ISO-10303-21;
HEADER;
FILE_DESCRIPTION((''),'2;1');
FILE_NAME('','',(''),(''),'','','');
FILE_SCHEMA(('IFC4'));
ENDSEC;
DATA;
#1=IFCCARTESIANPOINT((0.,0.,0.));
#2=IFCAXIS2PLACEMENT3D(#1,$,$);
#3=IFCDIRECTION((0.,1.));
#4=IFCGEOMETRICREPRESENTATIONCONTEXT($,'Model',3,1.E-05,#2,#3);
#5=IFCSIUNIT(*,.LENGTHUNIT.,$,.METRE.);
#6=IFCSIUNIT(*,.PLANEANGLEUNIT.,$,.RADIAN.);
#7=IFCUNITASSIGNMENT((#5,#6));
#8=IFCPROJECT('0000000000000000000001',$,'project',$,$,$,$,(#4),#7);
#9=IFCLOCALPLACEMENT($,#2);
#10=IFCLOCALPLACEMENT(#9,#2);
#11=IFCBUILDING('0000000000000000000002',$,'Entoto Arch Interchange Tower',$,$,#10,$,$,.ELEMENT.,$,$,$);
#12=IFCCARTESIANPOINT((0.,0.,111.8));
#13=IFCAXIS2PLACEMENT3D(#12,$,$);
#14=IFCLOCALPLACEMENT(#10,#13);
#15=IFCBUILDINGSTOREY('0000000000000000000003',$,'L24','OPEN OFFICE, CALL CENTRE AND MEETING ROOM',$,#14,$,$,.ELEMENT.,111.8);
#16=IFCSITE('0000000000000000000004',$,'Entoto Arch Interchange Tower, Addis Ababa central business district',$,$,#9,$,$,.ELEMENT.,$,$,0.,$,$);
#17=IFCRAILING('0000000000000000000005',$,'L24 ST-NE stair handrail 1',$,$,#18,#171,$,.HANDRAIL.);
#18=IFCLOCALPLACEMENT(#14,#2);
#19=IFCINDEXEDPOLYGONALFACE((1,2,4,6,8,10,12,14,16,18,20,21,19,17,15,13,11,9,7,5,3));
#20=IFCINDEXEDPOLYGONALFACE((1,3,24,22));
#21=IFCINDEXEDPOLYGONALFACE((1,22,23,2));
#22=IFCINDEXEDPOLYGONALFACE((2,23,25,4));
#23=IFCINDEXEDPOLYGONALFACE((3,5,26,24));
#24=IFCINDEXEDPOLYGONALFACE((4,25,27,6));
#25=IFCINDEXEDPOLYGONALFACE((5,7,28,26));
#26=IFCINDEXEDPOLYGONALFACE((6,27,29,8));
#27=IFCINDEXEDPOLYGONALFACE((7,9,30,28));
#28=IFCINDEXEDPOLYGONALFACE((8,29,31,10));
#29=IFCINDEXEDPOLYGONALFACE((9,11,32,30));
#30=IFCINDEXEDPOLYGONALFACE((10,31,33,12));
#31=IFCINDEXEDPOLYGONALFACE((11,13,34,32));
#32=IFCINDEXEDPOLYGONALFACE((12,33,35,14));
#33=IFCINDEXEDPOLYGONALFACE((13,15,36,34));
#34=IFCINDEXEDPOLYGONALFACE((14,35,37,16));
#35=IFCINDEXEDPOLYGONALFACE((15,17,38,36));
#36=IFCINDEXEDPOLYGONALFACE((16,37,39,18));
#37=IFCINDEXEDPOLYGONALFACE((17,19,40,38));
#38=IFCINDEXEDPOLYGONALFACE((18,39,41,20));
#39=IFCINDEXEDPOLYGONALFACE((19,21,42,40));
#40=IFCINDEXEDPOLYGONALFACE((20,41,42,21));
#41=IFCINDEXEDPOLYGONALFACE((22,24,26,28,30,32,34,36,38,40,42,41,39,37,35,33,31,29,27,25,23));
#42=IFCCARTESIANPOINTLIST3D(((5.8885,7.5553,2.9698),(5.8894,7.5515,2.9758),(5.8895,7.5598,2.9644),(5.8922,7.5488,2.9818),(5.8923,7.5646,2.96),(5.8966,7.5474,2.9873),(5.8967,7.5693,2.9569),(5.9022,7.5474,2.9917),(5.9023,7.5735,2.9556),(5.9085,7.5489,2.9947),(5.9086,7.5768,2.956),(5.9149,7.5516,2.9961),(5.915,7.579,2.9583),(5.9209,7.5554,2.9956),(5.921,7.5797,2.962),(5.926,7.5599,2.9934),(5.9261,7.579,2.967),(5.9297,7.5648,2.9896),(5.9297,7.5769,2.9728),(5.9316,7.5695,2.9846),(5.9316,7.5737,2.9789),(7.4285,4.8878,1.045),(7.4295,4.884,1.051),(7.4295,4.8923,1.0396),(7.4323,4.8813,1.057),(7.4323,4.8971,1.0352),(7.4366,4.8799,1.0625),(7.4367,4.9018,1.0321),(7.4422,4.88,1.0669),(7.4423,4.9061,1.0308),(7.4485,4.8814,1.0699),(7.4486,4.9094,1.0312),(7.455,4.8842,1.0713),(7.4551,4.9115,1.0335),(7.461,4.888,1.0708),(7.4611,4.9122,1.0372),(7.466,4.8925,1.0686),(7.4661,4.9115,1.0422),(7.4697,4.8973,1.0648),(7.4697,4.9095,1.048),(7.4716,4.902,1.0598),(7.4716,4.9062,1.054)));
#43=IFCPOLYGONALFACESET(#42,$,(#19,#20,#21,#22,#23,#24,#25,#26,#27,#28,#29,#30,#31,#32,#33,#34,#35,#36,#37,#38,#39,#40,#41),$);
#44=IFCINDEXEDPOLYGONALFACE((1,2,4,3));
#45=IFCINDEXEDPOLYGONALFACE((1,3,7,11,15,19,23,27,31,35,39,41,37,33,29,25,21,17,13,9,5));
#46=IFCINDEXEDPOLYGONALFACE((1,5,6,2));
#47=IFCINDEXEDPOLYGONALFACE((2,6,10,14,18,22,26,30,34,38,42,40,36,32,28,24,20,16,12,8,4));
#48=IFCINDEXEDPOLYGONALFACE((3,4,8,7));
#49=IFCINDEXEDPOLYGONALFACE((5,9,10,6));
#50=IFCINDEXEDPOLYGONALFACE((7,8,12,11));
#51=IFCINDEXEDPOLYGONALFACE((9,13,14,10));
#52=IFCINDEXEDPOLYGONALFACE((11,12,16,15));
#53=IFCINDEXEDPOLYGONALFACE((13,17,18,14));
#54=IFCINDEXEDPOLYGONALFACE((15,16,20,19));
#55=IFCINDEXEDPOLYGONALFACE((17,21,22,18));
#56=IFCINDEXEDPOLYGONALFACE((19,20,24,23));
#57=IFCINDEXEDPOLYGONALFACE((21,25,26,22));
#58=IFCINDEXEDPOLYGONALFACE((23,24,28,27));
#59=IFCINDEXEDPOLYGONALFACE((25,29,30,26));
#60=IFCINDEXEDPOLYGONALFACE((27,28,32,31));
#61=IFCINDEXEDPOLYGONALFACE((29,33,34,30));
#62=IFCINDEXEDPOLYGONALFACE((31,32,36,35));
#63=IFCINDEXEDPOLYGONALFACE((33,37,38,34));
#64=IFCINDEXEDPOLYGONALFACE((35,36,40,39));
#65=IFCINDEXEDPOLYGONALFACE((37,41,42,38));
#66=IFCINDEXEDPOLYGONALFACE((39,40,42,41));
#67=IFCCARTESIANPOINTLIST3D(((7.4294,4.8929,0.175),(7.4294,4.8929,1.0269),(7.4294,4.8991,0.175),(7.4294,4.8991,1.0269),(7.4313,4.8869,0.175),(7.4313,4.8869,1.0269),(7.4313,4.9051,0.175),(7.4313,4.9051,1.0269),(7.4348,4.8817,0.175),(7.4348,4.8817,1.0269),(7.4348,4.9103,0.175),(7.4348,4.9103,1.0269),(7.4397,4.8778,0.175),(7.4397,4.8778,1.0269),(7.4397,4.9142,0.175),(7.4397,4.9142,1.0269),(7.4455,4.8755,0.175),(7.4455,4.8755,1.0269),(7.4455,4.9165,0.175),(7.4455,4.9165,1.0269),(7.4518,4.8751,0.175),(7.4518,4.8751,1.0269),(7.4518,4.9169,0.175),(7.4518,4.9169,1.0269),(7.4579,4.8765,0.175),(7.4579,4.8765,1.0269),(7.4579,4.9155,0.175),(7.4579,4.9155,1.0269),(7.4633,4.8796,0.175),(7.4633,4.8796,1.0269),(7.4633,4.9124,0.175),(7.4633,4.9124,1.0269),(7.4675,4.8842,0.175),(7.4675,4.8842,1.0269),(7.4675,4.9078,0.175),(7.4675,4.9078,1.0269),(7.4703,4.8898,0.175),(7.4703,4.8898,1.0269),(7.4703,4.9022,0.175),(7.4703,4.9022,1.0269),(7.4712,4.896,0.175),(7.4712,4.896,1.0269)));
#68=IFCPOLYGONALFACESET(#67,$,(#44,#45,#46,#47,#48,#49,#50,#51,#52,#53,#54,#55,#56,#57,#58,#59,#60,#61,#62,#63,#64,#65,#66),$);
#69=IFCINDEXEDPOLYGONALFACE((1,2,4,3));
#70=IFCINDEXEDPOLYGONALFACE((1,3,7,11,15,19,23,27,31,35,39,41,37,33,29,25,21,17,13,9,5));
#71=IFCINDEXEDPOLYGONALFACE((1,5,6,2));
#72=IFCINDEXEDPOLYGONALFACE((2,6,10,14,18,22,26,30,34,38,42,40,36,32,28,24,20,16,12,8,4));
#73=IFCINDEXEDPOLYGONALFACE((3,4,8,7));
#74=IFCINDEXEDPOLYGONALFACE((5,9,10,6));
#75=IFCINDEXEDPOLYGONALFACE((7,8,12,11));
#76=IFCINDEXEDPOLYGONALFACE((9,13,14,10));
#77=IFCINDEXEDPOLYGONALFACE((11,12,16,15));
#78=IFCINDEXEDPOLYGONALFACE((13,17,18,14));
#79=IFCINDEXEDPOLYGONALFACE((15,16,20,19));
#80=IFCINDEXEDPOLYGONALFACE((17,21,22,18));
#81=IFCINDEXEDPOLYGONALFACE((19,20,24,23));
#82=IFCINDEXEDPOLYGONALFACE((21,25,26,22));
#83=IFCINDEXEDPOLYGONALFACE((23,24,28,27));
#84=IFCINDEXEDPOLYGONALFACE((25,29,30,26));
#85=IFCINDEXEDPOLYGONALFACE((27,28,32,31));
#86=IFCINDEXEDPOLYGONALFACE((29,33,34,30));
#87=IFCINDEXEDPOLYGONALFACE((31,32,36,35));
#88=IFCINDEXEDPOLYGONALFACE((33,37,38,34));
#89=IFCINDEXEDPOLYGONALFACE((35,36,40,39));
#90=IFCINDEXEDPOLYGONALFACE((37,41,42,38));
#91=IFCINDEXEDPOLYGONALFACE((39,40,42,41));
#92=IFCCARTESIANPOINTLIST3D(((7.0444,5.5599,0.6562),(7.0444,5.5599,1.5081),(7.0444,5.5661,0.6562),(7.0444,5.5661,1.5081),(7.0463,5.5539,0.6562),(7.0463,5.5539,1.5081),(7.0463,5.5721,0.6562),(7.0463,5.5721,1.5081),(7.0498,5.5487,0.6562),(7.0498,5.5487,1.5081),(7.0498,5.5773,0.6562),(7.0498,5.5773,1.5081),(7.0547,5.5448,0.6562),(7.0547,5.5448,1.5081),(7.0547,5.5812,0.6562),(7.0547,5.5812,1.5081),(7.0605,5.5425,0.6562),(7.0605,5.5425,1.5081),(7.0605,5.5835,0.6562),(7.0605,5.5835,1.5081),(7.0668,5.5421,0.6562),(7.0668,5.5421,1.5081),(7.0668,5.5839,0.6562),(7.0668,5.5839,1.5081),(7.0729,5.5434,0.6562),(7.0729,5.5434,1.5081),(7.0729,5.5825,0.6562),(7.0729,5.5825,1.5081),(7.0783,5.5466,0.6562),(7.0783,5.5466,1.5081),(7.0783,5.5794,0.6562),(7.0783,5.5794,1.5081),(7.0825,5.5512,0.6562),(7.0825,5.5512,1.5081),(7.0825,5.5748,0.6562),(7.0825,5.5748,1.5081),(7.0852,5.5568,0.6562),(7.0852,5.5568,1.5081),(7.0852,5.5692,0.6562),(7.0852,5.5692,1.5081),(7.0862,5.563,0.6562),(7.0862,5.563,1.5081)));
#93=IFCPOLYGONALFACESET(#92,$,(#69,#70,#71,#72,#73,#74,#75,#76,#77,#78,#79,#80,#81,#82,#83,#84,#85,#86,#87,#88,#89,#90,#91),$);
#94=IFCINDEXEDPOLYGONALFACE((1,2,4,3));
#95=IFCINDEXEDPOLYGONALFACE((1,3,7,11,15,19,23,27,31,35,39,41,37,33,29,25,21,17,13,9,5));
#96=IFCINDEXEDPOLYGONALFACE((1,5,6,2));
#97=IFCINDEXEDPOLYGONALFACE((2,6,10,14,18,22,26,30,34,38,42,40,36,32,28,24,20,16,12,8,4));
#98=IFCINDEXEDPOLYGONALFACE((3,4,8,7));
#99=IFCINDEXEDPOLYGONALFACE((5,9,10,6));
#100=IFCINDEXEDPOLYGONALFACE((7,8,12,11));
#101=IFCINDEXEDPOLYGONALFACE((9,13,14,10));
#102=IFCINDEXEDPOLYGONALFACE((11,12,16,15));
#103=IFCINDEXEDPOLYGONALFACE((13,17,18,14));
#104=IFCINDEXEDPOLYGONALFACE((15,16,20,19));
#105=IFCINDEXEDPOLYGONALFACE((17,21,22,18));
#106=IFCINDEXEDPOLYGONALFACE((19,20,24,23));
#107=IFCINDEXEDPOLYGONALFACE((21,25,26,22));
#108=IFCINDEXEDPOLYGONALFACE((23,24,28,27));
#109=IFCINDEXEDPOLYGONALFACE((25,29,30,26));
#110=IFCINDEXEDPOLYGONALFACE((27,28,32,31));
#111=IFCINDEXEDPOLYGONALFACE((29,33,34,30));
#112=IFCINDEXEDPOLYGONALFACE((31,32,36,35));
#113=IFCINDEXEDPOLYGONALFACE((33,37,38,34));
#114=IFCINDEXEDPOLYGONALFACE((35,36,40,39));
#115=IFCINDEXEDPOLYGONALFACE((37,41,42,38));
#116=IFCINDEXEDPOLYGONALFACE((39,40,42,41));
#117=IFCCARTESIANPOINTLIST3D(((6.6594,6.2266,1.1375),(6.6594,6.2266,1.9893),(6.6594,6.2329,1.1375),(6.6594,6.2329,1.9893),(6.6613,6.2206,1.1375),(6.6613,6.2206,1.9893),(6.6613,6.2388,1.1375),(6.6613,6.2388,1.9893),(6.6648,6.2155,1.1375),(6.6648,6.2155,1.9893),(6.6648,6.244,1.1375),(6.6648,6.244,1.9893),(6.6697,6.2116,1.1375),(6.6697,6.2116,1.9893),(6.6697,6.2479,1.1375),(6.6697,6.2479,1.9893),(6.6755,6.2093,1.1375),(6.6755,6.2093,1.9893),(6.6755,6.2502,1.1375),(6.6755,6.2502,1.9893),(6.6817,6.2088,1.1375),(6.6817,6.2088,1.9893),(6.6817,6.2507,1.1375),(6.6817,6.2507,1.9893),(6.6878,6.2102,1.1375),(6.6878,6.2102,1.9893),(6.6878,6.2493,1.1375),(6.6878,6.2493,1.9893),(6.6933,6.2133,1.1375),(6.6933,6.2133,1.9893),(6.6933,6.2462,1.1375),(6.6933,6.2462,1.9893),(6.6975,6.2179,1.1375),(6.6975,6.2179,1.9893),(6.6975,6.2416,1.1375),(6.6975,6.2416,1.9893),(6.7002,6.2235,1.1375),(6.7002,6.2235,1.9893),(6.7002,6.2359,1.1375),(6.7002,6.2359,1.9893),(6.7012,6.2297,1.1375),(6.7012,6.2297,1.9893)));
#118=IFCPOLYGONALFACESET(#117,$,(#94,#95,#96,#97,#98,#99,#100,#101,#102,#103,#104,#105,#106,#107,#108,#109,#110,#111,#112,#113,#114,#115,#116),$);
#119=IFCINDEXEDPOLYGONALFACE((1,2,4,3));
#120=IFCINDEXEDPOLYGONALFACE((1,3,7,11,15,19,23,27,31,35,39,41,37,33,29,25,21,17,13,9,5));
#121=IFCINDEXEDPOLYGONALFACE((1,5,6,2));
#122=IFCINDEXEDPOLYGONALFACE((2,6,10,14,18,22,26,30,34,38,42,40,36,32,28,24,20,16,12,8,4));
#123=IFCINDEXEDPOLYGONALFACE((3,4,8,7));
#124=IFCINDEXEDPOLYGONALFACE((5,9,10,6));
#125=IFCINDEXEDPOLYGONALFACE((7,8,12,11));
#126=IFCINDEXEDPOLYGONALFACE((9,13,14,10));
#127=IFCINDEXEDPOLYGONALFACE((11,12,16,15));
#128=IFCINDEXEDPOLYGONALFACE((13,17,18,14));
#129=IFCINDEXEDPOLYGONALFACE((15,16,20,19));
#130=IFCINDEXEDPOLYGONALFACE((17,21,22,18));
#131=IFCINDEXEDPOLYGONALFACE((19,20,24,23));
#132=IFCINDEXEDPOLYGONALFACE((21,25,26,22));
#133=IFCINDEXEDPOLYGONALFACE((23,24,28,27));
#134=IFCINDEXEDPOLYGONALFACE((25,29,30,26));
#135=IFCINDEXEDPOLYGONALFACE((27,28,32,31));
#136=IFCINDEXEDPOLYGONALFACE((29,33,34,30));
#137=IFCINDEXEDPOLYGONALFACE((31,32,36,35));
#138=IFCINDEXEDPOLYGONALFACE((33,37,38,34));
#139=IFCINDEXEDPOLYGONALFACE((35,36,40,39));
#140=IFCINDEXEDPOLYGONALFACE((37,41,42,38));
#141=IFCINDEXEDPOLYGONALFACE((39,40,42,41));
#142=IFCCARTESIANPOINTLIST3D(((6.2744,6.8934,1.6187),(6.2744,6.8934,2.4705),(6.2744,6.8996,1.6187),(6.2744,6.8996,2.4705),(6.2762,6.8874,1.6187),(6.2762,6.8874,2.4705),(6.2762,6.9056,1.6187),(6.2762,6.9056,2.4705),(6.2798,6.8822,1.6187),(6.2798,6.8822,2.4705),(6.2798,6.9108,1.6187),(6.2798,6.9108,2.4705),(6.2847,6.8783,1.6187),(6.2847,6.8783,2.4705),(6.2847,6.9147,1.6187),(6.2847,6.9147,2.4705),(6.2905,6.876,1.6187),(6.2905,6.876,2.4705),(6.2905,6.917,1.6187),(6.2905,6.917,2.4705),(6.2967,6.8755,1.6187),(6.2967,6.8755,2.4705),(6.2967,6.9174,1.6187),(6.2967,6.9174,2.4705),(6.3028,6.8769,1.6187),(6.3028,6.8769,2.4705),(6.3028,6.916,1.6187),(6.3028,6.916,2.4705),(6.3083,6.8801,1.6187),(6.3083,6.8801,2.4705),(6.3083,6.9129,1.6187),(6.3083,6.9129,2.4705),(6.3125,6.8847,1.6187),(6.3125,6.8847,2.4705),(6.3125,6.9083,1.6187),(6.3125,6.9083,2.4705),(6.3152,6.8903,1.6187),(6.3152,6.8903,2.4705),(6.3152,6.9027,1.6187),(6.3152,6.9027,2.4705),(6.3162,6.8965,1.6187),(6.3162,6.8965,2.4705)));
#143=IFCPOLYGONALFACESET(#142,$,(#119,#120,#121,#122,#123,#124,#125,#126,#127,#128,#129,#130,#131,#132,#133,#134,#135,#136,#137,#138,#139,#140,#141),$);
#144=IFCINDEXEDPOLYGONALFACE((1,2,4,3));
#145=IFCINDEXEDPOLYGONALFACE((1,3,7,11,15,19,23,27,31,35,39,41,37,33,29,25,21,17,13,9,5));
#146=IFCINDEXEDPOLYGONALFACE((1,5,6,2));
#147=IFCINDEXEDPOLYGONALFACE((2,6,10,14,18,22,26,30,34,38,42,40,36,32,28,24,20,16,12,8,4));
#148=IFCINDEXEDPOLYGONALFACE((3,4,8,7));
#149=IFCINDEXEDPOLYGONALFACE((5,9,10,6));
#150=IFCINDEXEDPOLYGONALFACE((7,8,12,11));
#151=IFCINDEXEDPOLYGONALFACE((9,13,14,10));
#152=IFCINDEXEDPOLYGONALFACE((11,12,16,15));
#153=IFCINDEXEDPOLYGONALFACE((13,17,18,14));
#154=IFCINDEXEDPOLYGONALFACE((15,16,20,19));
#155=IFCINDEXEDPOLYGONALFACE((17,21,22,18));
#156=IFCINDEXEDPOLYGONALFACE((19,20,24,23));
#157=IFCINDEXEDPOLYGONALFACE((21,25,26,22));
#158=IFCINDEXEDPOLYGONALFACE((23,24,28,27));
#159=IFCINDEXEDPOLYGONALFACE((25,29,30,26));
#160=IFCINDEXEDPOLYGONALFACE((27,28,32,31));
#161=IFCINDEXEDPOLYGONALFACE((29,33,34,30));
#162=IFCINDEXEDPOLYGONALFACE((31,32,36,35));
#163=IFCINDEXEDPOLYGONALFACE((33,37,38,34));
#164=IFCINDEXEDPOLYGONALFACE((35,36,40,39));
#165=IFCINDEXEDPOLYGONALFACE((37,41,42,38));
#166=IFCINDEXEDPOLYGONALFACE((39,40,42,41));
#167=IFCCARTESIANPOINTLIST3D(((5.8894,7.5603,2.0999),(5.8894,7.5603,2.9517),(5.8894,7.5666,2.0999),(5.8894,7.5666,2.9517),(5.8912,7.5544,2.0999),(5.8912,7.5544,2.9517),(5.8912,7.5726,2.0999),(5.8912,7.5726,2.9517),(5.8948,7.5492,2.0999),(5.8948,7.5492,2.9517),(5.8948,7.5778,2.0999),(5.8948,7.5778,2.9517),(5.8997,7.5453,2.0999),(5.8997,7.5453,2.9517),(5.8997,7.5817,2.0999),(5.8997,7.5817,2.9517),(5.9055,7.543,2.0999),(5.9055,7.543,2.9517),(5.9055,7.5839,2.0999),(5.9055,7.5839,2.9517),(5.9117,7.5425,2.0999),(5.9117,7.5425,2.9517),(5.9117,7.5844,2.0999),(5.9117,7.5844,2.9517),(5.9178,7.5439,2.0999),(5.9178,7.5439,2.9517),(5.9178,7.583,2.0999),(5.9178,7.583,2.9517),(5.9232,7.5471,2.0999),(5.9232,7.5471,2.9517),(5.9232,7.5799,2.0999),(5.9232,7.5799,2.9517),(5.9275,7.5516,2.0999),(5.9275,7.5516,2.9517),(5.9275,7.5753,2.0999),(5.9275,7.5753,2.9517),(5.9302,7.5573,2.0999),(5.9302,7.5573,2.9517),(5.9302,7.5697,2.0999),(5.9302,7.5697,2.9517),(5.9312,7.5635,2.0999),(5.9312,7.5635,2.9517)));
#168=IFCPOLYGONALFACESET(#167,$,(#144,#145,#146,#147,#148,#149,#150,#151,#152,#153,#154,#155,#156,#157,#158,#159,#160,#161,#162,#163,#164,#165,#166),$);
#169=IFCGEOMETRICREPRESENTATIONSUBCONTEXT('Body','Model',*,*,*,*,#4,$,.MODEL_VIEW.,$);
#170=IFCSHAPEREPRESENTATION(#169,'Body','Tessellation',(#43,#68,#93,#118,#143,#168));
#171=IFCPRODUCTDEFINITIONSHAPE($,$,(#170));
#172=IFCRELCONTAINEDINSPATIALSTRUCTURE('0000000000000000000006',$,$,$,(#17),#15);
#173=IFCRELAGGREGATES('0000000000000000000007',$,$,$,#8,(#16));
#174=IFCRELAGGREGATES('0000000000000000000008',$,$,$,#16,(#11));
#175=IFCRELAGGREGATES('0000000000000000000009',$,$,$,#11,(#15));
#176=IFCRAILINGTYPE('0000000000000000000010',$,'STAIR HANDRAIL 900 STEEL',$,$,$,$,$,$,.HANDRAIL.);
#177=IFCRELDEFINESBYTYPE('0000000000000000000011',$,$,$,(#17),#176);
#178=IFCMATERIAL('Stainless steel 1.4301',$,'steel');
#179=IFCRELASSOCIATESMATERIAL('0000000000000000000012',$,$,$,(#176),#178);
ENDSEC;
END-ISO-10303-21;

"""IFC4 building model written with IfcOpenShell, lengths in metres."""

from ifc_helpers import new_model, si_unit, direction, frame, origin, origin_2d, place, context, subcontext, project, spatial, circle, extrude, material, type_object, element, save


model = new_model("IFC4")

# Units and contexts
model_context = context("Model", 3, precision=1e-05, world=origin(), true_north=direction((0.0, 1.0)))
body_context = subcontext(model_context, "Body", "Model", "MODEL_VIEW")
ifc_project = project(units=[si_unit("LENGTHUNIT", "METRE"), si_unit("PLANEANGLEUNIT", "RADIAN")], contexts=[model_context])

# Site, building, storey
site_placement = place(None, origin())
site = spatial("IfcSite", under=ifc_project, at=site_placement, Name="Entoto Arch Interchange Tower, Addis Ababa central business district", CompositionType="ELEMENT", RefElevation=0.0)
building_placement = place(site_placement, origin())
building = spatial("IfcBuilding", under=site, at=building_placement, Name="Entoto Arch Interchange Tower", CompositionType="ELEMENT")
storey_placement = place(building_placement, frame((0.0, 0.0, 111.8)))
storey = spatial("IfcBuildingStorey", under=building, at=storey_placement, Name="L24", Description="OPEN OFFICE, CALL CENTRE AND MEETING ROOM", CompositionType="ELEMENT", Elevation=111.8)

# Railing
ifc_material_1 = material(Name="Stainless steel 1.4301", Category="steel")
railing_type_1 = type_object("IfcRailingType", Name="STAIR HANDRAIL 900 STEEL", PredefinedType="HANDRAIL", material=ifc_material_1)
railing_1_placement = place(storey_placement, frame((7.4502, 4.896, 0.175)))
element("IfcRailing", 1, at=railing_1_placement, inside=storey, type_object=railing_type_1, Name="L24 ST-NE stair handrail 1", PredefinedType="HANDRAIL", context=body_context, shape_type="SweptSolid", body=[
    extrude(circle(Radius=0.0239, at=origin_2d()), frame((0.0, 0.0, 0.876), z_axis=(-0.42401, 0.734421, 0.529945), x_axis=(-0.86603, -0.499992, 0.0)), (0.0, 0.0, 1.0), 3.6321),
    extrude(circle(Radius=0.021, at=origin_2d()), origin(), (0.0, 0.0, 1.0), 0.8518),
    extrude(circle(Radius=0.021, at=origin_2d()), frame((-0.385, 0.667, 0.4812)), (0.0, 0.0, 1.0), 0.8518),
    extrude(circle(Radius=0.021, at=origin_2d()), frame((-0.77, 1.3337, 0.9624)), (0.0, 0.0, 1.0), 0.8518),
    extrude(circle(Radius=0.021, at=origin_2d()), frame((-1.155, 2.0005, 1.4436)), (0.0, 0.0, 1.0), 0.8518),
    extrude(circle(Radius=0.021, at=origin_2d()), frame((-1.54, 2.6675, 1.9248)), (0.0, 0.0, 1.0), 0.8518),
])

save(model, "model.ifc")
